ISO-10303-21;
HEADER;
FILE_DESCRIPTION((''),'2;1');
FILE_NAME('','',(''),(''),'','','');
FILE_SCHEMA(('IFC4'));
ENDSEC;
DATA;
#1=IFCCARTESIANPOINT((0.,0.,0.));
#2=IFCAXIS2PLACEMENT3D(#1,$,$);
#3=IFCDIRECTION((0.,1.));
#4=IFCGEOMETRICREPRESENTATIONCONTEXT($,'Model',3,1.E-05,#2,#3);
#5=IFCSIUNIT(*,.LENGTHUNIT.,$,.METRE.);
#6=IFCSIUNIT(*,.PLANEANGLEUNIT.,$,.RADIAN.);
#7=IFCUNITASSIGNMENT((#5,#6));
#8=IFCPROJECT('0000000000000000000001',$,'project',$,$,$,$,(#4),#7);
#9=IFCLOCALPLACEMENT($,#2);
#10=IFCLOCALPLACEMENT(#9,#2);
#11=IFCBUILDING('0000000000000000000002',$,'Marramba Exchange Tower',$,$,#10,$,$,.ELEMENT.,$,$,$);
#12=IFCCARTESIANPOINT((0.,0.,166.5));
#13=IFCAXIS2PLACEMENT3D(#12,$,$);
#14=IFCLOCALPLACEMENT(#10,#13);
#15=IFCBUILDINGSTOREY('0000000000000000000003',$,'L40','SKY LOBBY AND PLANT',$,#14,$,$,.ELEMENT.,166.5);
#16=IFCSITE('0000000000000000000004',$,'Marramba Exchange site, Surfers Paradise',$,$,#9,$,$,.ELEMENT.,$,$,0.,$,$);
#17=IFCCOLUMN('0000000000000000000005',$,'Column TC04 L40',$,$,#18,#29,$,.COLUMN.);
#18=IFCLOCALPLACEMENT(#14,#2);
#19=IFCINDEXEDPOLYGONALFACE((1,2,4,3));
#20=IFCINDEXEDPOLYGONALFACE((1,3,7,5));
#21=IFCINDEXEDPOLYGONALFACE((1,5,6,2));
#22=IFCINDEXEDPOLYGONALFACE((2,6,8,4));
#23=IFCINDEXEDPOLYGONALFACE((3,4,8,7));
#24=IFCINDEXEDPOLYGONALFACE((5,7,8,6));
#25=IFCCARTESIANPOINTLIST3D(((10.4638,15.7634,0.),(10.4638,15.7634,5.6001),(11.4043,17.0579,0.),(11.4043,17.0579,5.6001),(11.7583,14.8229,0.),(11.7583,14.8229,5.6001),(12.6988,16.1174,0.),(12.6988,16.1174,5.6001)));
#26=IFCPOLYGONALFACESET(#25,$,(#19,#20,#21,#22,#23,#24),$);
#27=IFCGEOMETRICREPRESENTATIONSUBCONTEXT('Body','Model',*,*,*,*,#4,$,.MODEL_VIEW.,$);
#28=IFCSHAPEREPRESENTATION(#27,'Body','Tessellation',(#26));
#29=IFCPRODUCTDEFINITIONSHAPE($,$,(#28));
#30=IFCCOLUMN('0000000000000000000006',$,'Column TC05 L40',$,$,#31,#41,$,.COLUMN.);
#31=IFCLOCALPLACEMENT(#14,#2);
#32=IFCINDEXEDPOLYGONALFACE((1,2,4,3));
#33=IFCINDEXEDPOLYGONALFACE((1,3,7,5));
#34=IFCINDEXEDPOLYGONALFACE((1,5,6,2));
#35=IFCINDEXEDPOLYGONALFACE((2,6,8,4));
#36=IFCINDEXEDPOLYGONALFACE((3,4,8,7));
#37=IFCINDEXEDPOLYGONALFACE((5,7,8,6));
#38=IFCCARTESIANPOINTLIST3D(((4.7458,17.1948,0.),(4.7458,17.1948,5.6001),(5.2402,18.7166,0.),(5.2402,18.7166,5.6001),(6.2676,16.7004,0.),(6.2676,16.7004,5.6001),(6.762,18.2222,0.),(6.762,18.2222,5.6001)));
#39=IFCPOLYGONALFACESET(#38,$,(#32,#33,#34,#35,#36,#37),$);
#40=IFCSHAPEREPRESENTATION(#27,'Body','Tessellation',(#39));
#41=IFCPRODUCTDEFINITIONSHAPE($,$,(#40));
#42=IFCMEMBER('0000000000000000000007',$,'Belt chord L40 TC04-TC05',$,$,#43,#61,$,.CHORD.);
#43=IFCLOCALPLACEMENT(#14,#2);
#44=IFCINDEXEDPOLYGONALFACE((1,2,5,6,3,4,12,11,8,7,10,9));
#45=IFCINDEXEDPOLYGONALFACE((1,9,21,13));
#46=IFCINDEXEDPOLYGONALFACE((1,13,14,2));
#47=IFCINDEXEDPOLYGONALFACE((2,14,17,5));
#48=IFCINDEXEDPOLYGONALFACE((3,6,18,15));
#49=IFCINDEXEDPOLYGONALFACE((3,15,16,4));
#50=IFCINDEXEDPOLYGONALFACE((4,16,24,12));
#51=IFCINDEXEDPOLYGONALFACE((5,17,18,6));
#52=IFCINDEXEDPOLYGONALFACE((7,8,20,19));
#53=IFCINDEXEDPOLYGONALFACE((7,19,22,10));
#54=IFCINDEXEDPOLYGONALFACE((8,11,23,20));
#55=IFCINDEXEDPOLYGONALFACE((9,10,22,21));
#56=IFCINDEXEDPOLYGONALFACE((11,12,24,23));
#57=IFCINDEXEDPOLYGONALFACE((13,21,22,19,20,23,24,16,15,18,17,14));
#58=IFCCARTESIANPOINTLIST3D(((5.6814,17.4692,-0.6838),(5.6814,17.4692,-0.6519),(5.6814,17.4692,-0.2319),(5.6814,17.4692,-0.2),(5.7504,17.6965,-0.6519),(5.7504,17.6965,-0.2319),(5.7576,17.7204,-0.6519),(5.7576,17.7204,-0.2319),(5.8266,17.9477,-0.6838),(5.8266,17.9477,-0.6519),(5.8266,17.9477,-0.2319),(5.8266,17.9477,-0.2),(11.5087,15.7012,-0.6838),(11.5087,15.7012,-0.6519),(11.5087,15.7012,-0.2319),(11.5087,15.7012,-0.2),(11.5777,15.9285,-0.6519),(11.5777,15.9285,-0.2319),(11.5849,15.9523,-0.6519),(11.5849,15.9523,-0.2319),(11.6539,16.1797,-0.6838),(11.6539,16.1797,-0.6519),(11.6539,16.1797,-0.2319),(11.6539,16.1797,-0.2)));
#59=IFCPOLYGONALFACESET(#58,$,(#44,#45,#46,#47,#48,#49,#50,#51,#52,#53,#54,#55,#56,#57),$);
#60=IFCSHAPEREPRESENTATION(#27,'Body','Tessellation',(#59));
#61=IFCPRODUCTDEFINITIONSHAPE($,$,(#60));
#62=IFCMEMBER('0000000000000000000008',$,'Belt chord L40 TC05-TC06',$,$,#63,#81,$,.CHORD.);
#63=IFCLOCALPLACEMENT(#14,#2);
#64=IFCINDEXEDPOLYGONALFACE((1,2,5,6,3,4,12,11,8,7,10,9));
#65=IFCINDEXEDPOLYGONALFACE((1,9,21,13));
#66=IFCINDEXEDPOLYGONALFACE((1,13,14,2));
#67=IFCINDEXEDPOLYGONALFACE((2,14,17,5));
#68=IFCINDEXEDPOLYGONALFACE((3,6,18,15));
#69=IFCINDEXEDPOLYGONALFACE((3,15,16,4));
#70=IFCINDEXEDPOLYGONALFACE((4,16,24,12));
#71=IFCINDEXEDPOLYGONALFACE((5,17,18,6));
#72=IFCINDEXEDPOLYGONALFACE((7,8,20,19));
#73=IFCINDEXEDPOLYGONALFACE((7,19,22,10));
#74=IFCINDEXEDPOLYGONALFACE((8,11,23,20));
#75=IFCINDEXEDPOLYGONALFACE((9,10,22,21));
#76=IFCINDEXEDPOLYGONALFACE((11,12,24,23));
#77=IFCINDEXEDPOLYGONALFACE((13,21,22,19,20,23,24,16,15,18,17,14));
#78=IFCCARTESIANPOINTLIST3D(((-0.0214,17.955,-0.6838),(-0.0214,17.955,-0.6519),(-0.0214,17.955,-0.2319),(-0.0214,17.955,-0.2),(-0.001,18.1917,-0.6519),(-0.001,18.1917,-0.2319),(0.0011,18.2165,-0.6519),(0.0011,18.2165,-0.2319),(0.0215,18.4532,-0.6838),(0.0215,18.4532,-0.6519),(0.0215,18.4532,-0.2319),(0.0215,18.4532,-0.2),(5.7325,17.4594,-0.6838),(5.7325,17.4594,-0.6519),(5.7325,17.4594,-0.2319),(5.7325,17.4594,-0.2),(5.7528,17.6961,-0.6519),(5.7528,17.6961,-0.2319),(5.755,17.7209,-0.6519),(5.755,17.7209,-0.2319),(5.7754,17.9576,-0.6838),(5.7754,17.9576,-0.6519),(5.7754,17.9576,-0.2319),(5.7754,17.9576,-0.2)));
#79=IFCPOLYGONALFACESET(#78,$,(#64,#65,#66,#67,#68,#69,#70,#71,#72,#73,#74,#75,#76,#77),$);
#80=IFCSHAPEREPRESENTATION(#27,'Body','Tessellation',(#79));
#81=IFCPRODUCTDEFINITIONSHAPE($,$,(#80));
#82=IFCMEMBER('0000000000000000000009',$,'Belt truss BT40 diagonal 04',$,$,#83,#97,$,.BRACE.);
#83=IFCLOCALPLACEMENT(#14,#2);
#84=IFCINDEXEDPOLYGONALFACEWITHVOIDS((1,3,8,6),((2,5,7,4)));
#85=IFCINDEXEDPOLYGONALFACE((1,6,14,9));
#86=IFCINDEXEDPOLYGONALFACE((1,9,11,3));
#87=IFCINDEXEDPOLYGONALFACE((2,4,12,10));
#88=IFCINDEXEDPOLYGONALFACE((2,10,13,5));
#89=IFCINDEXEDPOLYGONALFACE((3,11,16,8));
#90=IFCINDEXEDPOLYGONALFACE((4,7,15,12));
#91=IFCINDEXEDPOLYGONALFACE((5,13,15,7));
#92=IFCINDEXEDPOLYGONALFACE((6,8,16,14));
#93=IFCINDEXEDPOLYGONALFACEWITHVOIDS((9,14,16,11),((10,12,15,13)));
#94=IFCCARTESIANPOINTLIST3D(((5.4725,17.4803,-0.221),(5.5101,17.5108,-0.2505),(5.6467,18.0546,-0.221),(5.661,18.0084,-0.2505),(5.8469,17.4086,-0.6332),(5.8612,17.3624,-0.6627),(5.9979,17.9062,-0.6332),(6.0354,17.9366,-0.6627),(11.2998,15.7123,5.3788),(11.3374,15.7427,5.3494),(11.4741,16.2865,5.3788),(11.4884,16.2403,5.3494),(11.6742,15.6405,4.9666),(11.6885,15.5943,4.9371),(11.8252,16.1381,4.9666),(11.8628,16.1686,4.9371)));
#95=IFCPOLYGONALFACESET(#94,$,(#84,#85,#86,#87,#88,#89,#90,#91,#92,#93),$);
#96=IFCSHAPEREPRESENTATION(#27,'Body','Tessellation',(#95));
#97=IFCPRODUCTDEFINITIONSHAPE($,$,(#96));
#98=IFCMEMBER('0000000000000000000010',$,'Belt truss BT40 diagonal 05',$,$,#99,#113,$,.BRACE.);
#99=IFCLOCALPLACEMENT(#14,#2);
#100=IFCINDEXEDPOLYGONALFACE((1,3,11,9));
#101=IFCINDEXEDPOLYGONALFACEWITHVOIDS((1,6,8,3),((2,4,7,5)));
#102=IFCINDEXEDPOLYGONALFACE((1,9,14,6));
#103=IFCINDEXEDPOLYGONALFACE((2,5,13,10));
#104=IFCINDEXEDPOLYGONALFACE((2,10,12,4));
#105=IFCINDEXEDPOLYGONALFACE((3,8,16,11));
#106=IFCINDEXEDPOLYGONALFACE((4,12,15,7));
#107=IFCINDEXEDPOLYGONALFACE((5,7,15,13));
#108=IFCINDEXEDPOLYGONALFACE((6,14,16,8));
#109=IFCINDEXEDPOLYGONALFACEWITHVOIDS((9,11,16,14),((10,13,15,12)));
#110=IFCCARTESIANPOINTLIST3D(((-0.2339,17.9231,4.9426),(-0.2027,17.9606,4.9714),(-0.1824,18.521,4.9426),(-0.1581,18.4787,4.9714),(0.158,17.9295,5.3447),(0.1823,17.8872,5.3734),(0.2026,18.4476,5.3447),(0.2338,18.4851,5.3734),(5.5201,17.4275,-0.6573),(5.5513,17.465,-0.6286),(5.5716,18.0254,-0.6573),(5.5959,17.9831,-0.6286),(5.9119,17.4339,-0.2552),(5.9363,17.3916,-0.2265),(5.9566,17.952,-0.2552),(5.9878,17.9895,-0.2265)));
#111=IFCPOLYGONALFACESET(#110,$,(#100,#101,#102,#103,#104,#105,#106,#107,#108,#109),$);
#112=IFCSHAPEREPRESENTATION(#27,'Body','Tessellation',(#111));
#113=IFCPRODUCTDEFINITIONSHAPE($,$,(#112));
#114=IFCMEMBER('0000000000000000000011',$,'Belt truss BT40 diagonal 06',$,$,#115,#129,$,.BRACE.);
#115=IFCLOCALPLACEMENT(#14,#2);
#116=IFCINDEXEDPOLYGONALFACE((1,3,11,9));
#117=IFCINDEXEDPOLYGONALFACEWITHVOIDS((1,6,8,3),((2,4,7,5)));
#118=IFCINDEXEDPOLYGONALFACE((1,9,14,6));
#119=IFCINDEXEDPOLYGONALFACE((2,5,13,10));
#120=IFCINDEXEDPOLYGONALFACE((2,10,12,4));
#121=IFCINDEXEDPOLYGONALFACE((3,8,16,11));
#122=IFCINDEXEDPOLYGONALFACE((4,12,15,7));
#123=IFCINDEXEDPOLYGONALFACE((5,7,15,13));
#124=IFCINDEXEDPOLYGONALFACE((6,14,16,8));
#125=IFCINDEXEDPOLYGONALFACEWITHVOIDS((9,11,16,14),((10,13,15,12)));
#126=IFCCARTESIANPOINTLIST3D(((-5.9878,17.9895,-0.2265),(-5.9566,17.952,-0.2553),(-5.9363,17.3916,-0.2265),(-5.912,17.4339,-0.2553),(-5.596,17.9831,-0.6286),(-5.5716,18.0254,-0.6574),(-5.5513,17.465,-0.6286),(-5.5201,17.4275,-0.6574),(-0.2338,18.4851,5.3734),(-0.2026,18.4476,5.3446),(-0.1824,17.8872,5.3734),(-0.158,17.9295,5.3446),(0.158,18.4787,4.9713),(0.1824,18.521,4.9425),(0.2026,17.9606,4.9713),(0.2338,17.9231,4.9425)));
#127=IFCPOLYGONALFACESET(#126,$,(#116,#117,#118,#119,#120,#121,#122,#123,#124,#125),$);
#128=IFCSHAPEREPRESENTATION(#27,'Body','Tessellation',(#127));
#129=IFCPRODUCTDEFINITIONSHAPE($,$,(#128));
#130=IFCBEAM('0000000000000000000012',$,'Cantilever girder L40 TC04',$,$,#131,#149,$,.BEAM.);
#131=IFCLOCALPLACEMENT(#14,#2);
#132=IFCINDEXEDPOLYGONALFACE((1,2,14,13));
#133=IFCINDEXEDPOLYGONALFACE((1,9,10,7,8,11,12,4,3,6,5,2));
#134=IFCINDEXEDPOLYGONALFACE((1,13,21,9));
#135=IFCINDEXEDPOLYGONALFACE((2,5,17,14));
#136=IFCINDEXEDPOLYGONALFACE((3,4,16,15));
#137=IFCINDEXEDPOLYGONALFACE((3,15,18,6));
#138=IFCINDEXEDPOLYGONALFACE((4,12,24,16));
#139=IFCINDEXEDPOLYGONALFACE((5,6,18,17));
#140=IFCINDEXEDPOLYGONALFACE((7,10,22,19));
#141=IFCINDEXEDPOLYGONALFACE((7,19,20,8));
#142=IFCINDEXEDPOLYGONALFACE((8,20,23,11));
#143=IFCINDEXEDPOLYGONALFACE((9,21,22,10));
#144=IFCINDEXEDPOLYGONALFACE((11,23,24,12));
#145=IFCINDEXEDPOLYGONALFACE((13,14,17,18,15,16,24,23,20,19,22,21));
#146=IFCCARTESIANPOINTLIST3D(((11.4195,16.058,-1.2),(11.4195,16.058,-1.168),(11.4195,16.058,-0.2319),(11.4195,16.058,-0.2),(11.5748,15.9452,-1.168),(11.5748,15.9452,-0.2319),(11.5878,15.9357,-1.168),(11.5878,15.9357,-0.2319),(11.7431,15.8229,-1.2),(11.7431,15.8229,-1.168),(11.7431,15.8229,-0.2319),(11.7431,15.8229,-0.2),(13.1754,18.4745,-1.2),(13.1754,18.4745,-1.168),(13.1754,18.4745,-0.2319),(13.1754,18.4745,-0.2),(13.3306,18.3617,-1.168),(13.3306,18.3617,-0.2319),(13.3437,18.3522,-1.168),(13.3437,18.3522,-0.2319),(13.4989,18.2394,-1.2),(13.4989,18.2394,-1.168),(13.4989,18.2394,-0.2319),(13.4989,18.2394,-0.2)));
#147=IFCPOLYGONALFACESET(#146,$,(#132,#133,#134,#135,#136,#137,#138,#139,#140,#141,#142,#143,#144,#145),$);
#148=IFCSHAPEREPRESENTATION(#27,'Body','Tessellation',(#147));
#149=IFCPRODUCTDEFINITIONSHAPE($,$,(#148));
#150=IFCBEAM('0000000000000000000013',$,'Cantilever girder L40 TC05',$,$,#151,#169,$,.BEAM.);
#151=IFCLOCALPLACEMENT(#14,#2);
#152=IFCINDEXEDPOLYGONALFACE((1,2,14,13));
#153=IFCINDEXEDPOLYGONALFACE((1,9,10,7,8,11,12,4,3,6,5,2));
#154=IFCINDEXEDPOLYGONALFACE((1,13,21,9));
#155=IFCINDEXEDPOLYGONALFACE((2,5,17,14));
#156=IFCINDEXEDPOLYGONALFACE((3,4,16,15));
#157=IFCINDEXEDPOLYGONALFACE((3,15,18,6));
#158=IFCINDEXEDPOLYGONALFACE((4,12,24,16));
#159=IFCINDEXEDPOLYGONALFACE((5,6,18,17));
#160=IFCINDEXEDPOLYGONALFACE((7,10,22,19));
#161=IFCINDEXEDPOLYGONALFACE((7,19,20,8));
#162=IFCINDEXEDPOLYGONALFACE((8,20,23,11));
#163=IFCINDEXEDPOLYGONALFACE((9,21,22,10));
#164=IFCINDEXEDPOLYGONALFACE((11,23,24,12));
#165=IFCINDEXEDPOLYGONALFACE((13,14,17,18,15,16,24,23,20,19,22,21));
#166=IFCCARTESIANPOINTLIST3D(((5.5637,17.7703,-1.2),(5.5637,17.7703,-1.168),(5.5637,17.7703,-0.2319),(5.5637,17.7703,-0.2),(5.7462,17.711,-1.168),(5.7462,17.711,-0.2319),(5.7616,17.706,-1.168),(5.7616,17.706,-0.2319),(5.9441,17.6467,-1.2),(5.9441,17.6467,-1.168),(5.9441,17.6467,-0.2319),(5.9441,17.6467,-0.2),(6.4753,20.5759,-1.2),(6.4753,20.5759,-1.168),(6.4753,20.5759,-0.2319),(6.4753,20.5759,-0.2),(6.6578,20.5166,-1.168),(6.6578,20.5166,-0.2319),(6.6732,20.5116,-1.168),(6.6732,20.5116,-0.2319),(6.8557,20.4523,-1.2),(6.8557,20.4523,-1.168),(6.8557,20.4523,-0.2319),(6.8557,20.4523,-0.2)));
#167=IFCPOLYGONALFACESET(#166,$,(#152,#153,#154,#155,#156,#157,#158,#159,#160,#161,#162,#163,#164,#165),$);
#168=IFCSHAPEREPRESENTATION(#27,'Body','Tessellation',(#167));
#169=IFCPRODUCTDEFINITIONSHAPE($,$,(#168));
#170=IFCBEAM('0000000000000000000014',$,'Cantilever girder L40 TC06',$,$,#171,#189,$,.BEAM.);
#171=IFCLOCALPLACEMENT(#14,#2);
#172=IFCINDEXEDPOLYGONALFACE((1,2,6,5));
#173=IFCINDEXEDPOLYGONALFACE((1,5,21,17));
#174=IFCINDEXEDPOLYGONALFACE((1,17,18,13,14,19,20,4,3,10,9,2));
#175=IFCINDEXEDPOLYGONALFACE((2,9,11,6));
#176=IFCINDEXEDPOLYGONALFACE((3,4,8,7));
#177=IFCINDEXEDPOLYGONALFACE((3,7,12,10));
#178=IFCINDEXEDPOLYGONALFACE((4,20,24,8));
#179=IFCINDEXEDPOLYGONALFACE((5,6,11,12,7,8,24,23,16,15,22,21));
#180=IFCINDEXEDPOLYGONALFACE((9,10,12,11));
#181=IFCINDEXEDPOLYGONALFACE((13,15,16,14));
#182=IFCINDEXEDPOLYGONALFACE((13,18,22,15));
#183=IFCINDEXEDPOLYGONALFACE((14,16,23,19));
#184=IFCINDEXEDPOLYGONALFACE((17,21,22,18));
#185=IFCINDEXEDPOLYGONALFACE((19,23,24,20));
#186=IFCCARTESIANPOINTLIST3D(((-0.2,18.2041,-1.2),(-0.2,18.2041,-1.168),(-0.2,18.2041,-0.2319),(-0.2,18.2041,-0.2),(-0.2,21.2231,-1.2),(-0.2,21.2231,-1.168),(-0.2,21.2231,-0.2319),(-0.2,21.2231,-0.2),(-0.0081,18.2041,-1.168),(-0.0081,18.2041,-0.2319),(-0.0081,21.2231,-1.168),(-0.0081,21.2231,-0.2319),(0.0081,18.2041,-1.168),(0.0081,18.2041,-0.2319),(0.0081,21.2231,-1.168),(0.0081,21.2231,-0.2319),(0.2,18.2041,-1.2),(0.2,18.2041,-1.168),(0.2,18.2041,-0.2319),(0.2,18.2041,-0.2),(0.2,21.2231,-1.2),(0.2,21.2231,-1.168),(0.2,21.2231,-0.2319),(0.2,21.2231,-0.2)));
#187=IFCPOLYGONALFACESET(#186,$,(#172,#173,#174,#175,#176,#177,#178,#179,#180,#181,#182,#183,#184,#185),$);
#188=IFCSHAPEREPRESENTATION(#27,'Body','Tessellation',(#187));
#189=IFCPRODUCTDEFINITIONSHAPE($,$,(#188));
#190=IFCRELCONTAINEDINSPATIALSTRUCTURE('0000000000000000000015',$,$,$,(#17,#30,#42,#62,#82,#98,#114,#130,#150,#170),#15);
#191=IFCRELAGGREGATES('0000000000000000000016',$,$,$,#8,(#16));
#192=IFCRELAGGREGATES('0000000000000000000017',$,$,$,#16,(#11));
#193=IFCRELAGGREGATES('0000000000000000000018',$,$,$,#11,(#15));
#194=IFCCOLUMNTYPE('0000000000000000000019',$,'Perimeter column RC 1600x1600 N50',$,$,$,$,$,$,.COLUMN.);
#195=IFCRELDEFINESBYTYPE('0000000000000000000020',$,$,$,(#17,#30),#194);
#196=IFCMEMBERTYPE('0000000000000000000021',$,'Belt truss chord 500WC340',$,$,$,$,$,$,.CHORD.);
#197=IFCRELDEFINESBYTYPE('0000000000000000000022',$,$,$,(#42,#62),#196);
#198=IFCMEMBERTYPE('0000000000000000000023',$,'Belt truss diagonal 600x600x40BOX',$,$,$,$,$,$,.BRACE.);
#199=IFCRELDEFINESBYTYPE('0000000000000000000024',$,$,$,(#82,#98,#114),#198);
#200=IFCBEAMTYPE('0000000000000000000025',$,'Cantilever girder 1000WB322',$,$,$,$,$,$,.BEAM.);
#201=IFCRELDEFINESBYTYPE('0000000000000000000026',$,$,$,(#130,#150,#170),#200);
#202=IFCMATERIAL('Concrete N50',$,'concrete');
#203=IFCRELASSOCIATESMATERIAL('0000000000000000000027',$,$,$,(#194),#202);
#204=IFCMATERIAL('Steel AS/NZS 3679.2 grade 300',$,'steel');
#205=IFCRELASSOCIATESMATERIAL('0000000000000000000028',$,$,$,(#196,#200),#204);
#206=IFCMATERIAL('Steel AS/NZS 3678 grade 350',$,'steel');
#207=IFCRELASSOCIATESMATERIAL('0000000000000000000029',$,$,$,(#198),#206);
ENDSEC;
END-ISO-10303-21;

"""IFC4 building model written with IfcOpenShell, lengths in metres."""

from ifc_helpers import new_model, si_unit, direction, frame, origin, origin_2d, place, context, subcontext, project, spatial, rectangle, hollow_rectangle, i_section, extrude, material, material_profile, profile_set, type_object, element, save


model = new_model("IFC4")

# Units and contexts
model_context = context("Model", 3, precision=1e-05, world=origin(), true_north=direction((0.0, 1.0)))
body_context = subcontext(model_context, "Body", "Model", "MODEL_VIEW")
ifc_project = project(units=[si_unit("LENGTHUNIT", "METRE"), si_unit("PLANEANGLEUNIT", "RADIAN")], contexts=[model_context])

# Site, building, storey
site_placement = place(None, origin())
site = spatial("IfcSite", under=ifc_project, at=site_placement, Name="Marramba Exchange site, Surfers Paradise", CompositionType="ELEMENT", RefElevation=0.0)
building_placement = place(site_placement, origin())
building = spatial("IfcBuilding", under=site, at=building_placement, Name="Marramba Exchange Tower", CompositionType="ELEMENT")
storey_placement = place(building_placement, frame((0.0, 0.0, 166.5)))
storey = spatial("IfcBuildingStorey", under=building, at=storey_placement, Name="L40", Description="SKY LOBBY AND PLANT", CompositionType="ELEMENT", Elevation=166.5)

# Columns
ifc_material_1 = material(Name="Concrete N50", Category="concrete")
ifc_material_profile_1 = material_profile(ifc_material_1, rectangle(XDim=1.6001, YDim=1.6001, at=origin_2d()), Name="RC 1600x1600")
ifc_profile_set_1 = profile_set([ifc_material_profile_1], Name="Concrete N50")
column_type = type_object("IfcColumnType", Name="Perimeter column RC 1600x1600 N50", PredefinedType="COLUMN", material=ifc_profile_set_1)
for number, where, z_axis, x_axis, name in (
    (1, (11.5813, 15.9404, 0.0), (0.0, 0.0, 1.0), (0.587785, 0.809017, 0.0), "Column TC04 L40"),
    (2, (5.7539, 17.7085, 0.0), (0.0, 0.0, 1.0), (0.309017, 0.951057, 0.0), "Column TC05 L40"),
):
    element("IfcColumn", number, at=place(storey_placement, frame(where, z_axis=z_axis, x_axis=x_axis)), inside=storey, type_object=column_type, Name=name, PredefinedType="COLUMN", context=body_context, shape_type="SweptSolid", body=[
        extrude(rectangle(XDim=1.6001, YDim=1.6001, at=origin_2d()), origin(), (0.0, 0.0, 1.0), 5.6001),
    ])

# Members
ifc_material_2 = material(Name="Steel AS/NZS 3679.2 grade 300", Category="steel")
ifc_material_profile_2 = material_profile(ifc_material_2, i_section(OverallWidth=0.5, OverallDepth=0.4839, WebThickness=0.0249, FlangeThickness=0.032, at=origin_2d()), Name="500WC340")
ifc_profile_set_2 = profile_set([ifc_material_profile_2], Name="Steel AS/NZS 3679.2 grade 300")
member_type_1 = type_object("IfcMemberType", Name="Belt truss chord 500WC340", PredefinedType="CHORD", material=ifc_profile_set_2)
member_1_placement = place(storey_placement, frame((11.5813, 15.9404, -0.4419), z_axis=(-0.956925, 0.290337, 0.0), x_axis=(-0.290337, -0.956925, 0.0)))
element("IfcMember", 3, at=member_1_placement, inside=storey, type_object=member_type_1, Name="Belt chord L40 TC04-TC05", PredefinedType="CHORD", context=body_context, shape_type="SweptSolid", body=[
    extrude(i_section(OverallWidth=0.5, OverallDepth=0.4839, WebThickness=0.0249, FlangeThickness=0.032, at=origin_2d()), origin(), (0.0, 0.0, 1.0), 6.0896),
])
member_2_placement = place(storey_placement, frame((5.7539, 17.7085, -0.4419), z_axis=(-0.996311, 0.085816, 0.0), x_axis=(-0.085816, -0.996311, 0.0)))
element("IfcMember", 4, at=member_2_placement, inside=storey, type_object=member_type_1, Name="Belt chord L40 TC05-TC06", PredefinedType="CHORD", context=body_context, shape_type="SweptSolid", body=[
    extrude(i_section(OverallWidth=0.5, OverallDepth=0.4839, WebThickness=0.0249, FlangeThickness=0.032, at=origin_2d()), origin(), (0.0, 0.0, 1.0), 5.7751),
])
ifc_material_3 = material(Name="Steel AS/NZS 3678 grade 350", Category="steel")
ifc_material_profile_3 = material_profile(ifc_material_3, hollow_rectangle(XDim=0.6001, YDim=0.6001, WallThickness=0.04, at=origin_2d()), Name="600x600x40BOX")
ifc_profile_set_3 = profile_set([ifc_material_profile_3], Name="Steel AS/NZS 3678 grade 350")
member_type_2 = type_object("IfcMemberType", Name="Belt truss diagonal 600x600x40BOX", PredefinedType="BRACE", material=ifc_profile_set_3)
member_3_placement = place(storey_placement, frame((11.5813, 15.9404, 5.158), z_axis=(-0.704385, 0.213715, -0.676881), x_axis=(-0.290337, -0.956925, 0.0)))
element("IfcMember", 5, at=member_3_placement, inside=storey, type_object=member_type_2, Name="Belt truss BT40 diagonal 04", PredefinedType="BRACE", context=body_context, shape_type="SweptSolid", body=[
    extrude(hollow_rectangle(XDim=0.6001, YDim=0.6001, WallThickness=0.04, at=origin_2d()), origin(), (0.0, 0.0, 1.0), 8.2729),
])
for number, where, z_axis, x_axis, name in (
    (6, (5.7539, 17.7085, -0.4419), (-0.715274, 0.061609, 0.696123), (-0.085816, -0.996311, 0.0), "Belt truss BT40 diagonal 05"),
    (7, (0.0, 18.2041, 5.158), (-0.715274, -0.061609, -0.696123), (0.085816, -0.996311, 0.0), "Belt truss BT40 diagonal 06"),
):
    element("IfcMember", number, at=place(storey_placement, frame(where, z_axis=z_axis, x_axis=x_axis)), inside=storey, type_object=member_type_2, Name=name, PredefinedType="BRACE", context=body_context, shape_type="SweptSolid", body=[
        extrude(hollow_rectangle(XDim=0.6001, YDim=0.6001, WallThickness=0.04, at=origin_2d()), origin(), (0.0, 0.0, 1.0), 8.0444),
    ])

# Beams
ifc_material_profile_4 = material_profile(ifc_material_2, i_section(OverallWidth=0.3999, OverallDepth=1.0, WebThickness=0.0161, FlangeThickness=0.032, at=origin_2d()), Name="1000WB322")
ifc_profile_set_4 = profile_set([ifc_material_profile_4], Name="Steel AS/NZS 3679.2 grade 300")
beam_type_1 = type_object("IfcBeamType", Name="Cantilever girder 1000WB322", PredefinedType="BEAM", material=ifc_profile_set_4)
beam_1_placement = place(storey_placement, frame((11.5813, 15.9404, -0.7), z_axis=(0.587822, 0.80899, 0.0), x_axis=(-0.80899, 0.587822, 0.0)))
element("IfcBeam", 8, at=beam_1_placement, inside=storey, type_object=beam_type_1, Name="Cantilever girder L40 TC04", PredefinedType="BEAM", context=body_context, shape_type="SweptSolid", body=[
    extrude(i_section(OverallWidth=0.3999, OverallDepth=1.0, WebThickness=0.0161, FlangeThickness=0.032, at=origin_2d()), origin(), (0.0, 0.0, 1.0), 2.9871),
])
beam_2_placement = place(storey_placement, frame((5.7539, 17.7085, -0.7), z_axis=(0.309019, 0.951056, 0.0), x_axis=(-0.951056, 0.309019, 0.0)))
element("IfcBeam", 9, at=beam_2_placement, inside=storey, type_object=beam_type_1, Name="Cantilever girder L40 TC05", PredefinedType="BEAM", context=body_context, shape_type="SweptSolid", body=[
    extrude(i_section(OverallWidth=0.3999, OverallDepth=1.0, WebThickness=0.0161, FlangeThickness=0.032, at=origin_2d()), origin(), (0.0, 0.0, 1.0), 2.95),
])
beam_3_placement = place(storey_placement, frame((0.0, 18.2041, -0.7), z_axis=(0.0, 1.0, 0.0), x_axis=(-1.0, 0.0, 0.0)))
element("IfcBeam", 10, at=beam_3_placement, inside=storey, type_object=beam_type_1, Name="Cantilever girder L40 TC06", PredefinedType="BEAM", context=body_context, shape_type="SweptSolid", body=[
    extrude(i_section(OverallWidth=0.3999, OverallDepth=1.0, WebThickness=0.0161, FlangeThickness=0.032, at=origin_2d()), origin(), (0.0, 0.0, 1.0), 3.019),
])

save(model, "model.ifc")
